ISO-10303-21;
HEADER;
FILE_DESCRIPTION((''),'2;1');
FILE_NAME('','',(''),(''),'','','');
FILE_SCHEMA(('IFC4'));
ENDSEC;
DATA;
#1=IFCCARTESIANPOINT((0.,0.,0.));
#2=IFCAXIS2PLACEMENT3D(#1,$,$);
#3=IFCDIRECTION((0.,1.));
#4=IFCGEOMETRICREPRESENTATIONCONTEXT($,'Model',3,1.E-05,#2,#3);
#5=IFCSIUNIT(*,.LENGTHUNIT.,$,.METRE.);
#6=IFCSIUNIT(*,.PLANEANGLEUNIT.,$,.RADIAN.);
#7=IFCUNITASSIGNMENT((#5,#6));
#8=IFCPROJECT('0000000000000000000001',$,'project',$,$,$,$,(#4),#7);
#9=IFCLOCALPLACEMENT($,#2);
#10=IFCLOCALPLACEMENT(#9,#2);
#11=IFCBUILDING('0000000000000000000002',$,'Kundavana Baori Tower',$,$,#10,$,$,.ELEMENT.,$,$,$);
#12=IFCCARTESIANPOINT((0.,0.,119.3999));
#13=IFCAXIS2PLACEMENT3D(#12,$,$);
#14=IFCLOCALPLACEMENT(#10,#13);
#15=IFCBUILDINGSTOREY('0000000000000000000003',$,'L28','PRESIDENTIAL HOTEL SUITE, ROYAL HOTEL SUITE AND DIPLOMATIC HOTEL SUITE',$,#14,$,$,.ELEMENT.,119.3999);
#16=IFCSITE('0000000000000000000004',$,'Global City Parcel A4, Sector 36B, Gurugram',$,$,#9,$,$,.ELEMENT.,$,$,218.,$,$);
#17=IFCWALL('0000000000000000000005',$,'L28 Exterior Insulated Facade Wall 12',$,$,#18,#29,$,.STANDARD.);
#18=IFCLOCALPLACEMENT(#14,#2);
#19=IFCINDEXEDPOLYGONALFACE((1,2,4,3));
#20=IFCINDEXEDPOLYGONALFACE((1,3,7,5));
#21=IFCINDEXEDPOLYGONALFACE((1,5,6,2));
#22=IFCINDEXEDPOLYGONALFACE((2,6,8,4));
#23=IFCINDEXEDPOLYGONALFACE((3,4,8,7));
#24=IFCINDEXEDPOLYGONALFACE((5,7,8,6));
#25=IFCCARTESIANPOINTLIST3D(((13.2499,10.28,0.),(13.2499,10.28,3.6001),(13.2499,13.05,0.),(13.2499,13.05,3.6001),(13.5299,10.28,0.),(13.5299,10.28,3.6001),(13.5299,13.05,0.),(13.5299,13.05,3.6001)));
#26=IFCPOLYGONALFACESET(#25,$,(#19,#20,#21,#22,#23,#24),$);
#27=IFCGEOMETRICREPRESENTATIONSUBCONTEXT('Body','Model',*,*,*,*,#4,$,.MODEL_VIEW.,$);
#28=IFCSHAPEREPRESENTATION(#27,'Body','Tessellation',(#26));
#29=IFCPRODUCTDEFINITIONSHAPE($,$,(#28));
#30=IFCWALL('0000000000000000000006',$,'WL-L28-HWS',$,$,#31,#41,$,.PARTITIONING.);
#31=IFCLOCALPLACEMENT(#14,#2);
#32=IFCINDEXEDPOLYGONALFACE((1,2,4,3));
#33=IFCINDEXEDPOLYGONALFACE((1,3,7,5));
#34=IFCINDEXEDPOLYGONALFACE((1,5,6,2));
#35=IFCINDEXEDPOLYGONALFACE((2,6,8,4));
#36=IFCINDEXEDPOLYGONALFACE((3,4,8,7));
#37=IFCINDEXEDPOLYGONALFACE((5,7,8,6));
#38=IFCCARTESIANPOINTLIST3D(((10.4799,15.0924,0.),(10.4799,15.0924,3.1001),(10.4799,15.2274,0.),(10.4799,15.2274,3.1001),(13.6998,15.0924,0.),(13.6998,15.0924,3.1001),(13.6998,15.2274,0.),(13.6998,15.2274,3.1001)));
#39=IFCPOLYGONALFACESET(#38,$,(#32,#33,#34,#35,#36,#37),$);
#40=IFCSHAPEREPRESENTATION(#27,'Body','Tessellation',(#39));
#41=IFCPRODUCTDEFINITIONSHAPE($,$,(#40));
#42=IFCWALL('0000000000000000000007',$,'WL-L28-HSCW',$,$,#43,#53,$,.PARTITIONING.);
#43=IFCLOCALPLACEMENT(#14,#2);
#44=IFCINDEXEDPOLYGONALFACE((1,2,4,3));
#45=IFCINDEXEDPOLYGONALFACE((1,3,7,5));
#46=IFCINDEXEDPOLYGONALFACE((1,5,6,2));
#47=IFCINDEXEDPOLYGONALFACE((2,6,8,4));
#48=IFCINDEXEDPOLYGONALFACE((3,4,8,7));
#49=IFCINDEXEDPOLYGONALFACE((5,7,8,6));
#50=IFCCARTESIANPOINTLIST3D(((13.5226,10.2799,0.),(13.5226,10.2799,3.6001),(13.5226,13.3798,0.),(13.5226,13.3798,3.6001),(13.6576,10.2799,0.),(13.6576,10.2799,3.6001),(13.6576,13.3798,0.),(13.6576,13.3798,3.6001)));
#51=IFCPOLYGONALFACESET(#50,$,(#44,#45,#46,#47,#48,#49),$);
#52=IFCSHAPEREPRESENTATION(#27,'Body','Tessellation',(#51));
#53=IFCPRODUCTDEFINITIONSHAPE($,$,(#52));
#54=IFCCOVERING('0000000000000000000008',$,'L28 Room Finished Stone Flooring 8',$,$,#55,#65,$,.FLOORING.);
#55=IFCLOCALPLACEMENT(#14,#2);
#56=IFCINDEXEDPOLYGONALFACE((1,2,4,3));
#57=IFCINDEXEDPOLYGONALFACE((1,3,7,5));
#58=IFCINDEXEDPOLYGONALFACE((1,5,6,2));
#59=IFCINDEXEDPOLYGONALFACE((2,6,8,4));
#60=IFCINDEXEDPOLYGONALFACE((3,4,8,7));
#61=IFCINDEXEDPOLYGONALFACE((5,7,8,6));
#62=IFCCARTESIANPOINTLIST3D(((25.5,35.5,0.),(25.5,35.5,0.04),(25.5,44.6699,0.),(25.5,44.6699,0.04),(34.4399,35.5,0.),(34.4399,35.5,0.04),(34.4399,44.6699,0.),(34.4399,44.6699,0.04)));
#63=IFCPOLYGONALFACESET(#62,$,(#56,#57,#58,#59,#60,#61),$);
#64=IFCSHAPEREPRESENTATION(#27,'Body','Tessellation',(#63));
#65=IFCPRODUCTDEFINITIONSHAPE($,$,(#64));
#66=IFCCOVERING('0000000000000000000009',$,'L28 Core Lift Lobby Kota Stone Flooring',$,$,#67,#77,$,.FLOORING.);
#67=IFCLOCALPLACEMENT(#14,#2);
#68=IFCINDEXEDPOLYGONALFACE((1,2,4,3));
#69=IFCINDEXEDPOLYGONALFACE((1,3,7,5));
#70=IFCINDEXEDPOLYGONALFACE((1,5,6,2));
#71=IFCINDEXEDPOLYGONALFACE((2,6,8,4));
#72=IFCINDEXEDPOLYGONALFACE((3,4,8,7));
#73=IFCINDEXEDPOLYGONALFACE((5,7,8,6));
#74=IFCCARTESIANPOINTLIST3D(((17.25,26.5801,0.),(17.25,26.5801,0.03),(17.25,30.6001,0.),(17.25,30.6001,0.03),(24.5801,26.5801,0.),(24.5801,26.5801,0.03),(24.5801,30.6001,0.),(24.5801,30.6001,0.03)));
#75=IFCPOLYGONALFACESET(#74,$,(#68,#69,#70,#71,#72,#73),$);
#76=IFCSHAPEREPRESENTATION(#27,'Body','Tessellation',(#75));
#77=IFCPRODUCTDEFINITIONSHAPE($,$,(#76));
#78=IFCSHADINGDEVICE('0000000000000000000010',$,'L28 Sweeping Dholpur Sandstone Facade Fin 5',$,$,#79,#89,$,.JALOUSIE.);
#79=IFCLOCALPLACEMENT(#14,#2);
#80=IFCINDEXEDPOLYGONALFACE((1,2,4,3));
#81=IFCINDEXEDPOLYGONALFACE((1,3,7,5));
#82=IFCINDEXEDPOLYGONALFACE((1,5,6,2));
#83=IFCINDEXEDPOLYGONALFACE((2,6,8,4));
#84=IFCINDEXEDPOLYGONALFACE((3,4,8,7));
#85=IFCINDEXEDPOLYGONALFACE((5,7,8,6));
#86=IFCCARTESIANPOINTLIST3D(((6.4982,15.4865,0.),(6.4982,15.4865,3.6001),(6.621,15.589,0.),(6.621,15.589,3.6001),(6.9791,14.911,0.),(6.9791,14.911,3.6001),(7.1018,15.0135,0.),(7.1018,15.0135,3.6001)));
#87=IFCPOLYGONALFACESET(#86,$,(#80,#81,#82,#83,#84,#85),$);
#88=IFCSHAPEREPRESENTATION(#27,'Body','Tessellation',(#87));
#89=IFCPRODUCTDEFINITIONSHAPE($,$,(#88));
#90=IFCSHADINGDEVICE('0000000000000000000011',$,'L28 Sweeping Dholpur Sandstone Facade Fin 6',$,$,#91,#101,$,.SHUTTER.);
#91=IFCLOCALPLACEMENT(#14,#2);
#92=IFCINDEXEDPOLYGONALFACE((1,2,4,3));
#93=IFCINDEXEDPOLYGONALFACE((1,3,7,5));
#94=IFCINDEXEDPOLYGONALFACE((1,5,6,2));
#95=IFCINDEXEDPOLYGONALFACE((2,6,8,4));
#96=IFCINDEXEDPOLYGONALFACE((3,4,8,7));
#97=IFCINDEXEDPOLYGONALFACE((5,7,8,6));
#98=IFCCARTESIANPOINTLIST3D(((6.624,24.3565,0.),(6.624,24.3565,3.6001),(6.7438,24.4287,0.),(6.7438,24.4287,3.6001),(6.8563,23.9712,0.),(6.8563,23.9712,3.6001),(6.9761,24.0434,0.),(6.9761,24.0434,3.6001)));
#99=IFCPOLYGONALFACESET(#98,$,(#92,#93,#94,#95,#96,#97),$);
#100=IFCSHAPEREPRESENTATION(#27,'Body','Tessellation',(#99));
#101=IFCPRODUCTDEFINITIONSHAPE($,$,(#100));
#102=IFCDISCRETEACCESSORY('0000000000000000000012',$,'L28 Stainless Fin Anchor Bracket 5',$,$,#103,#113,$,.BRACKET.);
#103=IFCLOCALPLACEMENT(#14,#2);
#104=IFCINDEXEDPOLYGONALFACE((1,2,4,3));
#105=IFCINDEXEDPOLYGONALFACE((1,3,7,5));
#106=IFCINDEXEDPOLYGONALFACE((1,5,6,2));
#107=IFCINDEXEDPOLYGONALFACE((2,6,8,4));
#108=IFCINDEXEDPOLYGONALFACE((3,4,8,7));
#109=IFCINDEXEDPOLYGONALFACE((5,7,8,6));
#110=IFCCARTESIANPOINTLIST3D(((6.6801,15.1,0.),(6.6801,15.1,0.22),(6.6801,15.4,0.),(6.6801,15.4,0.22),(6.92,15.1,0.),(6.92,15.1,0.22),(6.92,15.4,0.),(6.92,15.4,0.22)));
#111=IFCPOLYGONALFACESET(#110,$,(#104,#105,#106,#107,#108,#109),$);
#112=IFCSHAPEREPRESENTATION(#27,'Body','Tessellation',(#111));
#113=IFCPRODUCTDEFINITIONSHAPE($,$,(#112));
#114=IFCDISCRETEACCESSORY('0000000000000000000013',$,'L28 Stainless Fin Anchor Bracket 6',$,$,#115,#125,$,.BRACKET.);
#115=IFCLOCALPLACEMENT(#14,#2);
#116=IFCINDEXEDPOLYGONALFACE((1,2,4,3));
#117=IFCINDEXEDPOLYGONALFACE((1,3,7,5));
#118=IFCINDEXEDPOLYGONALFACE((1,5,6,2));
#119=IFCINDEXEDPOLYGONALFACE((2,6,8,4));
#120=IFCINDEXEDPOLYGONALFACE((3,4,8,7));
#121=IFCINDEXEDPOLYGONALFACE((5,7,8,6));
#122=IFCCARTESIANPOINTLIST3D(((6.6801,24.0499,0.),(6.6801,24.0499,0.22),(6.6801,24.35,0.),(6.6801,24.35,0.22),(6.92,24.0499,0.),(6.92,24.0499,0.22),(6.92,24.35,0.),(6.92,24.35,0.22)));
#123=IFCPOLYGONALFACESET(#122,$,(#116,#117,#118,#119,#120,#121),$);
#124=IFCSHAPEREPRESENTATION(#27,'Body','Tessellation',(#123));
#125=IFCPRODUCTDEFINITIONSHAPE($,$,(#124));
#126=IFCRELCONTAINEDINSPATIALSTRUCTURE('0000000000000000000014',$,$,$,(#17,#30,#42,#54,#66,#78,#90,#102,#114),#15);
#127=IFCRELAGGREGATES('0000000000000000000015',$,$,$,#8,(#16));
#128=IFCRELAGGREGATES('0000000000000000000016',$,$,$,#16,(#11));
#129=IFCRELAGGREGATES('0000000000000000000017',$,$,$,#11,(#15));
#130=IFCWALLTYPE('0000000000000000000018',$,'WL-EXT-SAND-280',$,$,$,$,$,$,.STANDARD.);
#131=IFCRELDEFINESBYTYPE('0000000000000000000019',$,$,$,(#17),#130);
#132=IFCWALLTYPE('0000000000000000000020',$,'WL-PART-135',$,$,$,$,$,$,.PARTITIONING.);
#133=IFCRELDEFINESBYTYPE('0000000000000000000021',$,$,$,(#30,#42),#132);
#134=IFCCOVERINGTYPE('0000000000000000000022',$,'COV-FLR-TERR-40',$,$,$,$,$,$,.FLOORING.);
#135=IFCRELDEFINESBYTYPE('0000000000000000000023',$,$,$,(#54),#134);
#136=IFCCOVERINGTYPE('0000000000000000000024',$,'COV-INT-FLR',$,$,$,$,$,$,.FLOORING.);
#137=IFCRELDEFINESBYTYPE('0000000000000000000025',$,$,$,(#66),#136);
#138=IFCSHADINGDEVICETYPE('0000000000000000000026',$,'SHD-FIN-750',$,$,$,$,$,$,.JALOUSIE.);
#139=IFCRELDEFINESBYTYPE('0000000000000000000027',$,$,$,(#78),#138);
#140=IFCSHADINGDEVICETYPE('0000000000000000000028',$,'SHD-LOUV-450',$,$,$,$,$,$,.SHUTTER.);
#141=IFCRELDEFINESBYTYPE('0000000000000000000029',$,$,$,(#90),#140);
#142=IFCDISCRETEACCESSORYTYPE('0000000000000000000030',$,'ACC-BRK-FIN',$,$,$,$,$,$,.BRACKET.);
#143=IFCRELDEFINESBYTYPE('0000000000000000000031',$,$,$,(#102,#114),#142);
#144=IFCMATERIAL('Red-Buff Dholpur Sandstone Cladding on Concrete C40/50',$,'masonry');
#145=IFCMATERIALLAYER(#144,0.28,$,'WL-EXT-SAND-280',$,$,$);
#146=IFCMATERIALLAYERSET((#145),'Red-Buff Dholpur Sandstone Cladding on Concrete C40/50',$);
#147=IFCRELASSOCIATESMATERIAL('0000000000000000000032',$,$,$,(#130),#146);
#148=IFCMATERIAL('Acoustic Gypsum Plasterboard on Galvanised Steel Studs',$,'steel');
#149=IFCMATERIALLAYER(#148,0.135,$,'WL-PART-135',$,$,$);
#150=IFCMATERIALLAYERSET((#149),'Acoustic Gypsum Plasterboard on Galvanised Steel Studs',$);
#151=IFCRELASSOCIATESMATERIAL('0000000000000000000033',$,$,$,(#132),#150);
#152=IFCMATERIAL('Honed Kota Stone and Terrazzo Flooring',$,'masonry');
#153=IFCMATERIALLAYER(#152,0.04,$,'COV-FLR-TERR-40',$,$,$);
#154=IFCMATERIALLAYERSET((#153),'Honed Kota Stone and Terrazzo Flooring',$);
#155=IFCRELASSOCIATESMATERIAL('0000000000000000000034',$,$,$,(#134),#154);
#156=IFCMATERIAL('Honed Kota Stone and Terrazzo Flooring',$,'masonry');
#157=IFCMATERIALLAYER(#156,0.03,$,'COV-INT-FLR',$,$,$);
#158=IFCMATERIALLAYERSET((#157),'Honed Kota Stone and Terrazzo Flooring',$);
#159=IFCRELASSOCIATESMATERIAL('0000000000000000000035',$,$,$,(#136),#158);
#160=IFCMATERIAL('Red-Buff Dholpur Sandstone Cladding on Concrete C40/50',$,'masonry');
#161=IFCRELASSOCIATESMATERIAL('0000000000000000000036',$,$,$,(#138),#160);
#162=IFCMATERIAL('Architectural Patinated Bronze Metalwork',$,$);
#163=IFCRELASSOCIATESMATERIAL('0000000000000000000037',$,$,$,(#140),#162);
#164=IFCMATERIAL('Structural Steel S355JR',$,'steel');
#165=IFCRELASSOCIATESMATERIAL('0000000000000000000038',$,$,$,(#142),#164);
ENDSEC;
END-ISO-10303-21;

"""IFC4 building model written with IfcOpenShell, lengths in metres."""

from ifc_helpers import new_model, si_unit, direction, frame, frame_2d, origin, origin_2d, place, context, subcontext, project, spatial, polyline, rectangle, outline, extrude, material, layer, layer_set, type_object, element, save


model = new_model("IFC4")

# Units and contexts
model_context = context("Model", 3, precision=1e-05, world=origin(), true_north=direction((0.0, 1.0)))
body_context = subcontext(model_context, "Body", "Model", "MODEL_VIEW")
ifc_project = project(units=[si_unit("LENGTHUNIT", "METRE"), si_unit("PLANEANGLEUNIT", "RADIAN")], contexts=[model_context])

# Site, building, storey
site_placement = place(None, origin())
site = spatial("IfcSite", under=ifc_project, at=site_placement, Name="Global City Parcel A4, Sector 36B, Gurugram", CompositionType="ELEMENT", RefElevation=218.0)
building_placement = place(site_placement, origin())
building = spatial("IfcBuilding", under=site, at=building_placement, Name="Kundavana Baori Tower", CompositionType="ELEMENT")
storey_placement = place(building_placement, frame((0.0, 0.0, 119.3999)))
storey = spatial("IfcBuildingStorey", under=building, at=storey_placement, Name="L28", Description="PRESIDENTIAL HOTEL SUITE, ROYAL HOTEL SUITE AND DIPLOMATIC HOTEL SUITE", CompositionType="ELEMENT", Elevation=119.3999)

# Shared definitions
ifc_material_1 = material(Name="Red-Buff Dholpur Sandstone Cladding on Concrete C40/50", Category="masonry")
ifc_layer_1 = layer(ifc_material_1, 0.28, Name="WL-EXT-SAND-280")
ifc_layer_set_1 = layer_set([ifc_layer_1], Name="Red-Buff Dholpur Sandstone Cladding on Concrete C40/50")
wall_type_1 = type_object("IfcWallType", Name="WL-EXT-SAND-280", PredefinedType="STANDARD", material=ifc_layer_set_1)

# Walls
wall_1_placement = place(storey_placement, frame((13.3899, 13.05, 0.0), z_axis=(0.0, 0.0, 1.0), x_axis=(0.0, -1.0, 0.0)))
element("IfcWall", 1, at=wall_1_placement, inside=storey, type_object=wall_type_1, Name="L28 Exterior Insulated Facade Wall 12", PredefinedType="STANDARD", context=body_context, shape_type="SweptSolid", body=[
    extrude(rectangle(XDim=2.77, YDim=0.28, at=frame_2d((1.385, 0.0))), origin(), (0.0, 0.0, 1.0), 3.6001),
])
ifc_material_2 = material(Name="Acoustic Gypsum Plasterboard on Galvanised Steel Studs", Category="steel")
ifc_layer_2 = layer(ifc_material_2, 0.135, Name="WL-PART-135")
ifc_layer_set_2 = layer_set([ifc_layer_2], Name="Acoustic Gypsum Plasterboard on Galvanised Steel Studs")
wall_type_2 = type_object("IfcWallType", Name="WL-PART-135", PredefinedType="PARTITIONING", material=ifc_layer_set_2)
wall_2_placement = place(storey_placement, frame((10.48, 15.1599, 0.0), z_axis=(0.0, 0.0, 1.0), x_axis=(1.0, 0.0, 0.0)))
element("IfcWall", 2, at=wall_2_placement, inside=storey, type_object=wall_type_2, Name="WL-L28-HWS", PredefinedType="PARTITIONING", context=body_context, shape_type="SweptSolid", body=[
    extrude(rectangle(XDim=3.22, YDim=0.135, at=frame_2d((1.6099, 0.0))), origin(), (0.0, 0.0, 1.0), 3.1001),
])
wall_3_placement = place(storey_placement, frame((13.5901, 10.28, 0.0), z_axis=(0.0, 0.0, 1.0), x_axis=(0.0, 1.0, 0.0)))
element("IfcWall", 3, at=wall_3_placement, inside=storey, type_object=wall_type_2, Name="WL-L28-HSCW", PredefinedType="PARTITIONING", context=body_context, shape_type="SweptSolid", body=[
    extrude(rectangle(XDim=3.0999, YDim=0.135, at=frame_2d((1.5498, 0.0))), origin(), (0.0, 0.0, 1.0), 3.6001),
])

# Coverings
ifc_material_3 = material(Name="Honed Kota Stone and Terrazzo Flooring", Category="masonry")
ifc_layer_3 = layer(ifc_material_3, 0.04, Name="COV-FLR-TERR-40")
ifc_layer_set_3 = layer_set([ifc_layer_3], Name="Honed Kota Stone and Terrazzo Flooring")
covering_type_1 = type_object("IfcCoveringType", Name="COV-FLR-TERR-40", PredefinedType="FLOORING", material=ifc_layer_set_3)
covering_1_placement = place(storey_placement, origin())
element("IfcCovering", 4, at=covering_1_placement, inside=storey, type_object=covering_type_1, Name="L28 Room Finished Stone Flooring 8", PredefinedType="FLOORING", context=body_context, shape_type="SweptSolid", body=[
    extrude(outline(polyline([(25.5, 35.5), (34.4399, 35.5), (34.4399, 44.6699), (25.5, 44.6699), (25.5, 35.5)])), origin(), (0.0, 0.0, 1.0), 0.04),
])
ifc_material_4 = material(Name="Honed Kota Stone and Terrazzo Flooring", Category="masonry")
ifc_layer_4 = layer(ifc_material_4, 0.03, Name="COV-INT-FLR")
ifc_layer_set_4 = layer_set([ifc_layer_4], Name="Honed Kota Stone and Terrazzo Flooring")
covering_type_2 = type_object("IfcCoveringType", Name="COV-INT-FLR", PredefinedType="FLOORING", material=ifc_layer_set_4)
covering_2_placement = place(storey_placement, origin())
element("IfcCovering", 5, at=covering_2_placement, inside=storey, type_object=covering_type_2, Name="L28 Core Lift Lobby Kota Stone Flooring", PredefinedType="FLOORING", context=body_context, shape_type="SweptSolid", body=[
    extrude(outline(polyline([(17.25, 26.5801), (24.5801, 26.5801), (24.5801, 30.6001), (17.25, 30.6001), (17.25, 26.5801)])), origin(), (0.0, 0.0, 1.0), 0.03),
])

# Shading devices
ifc_material_5 = material(Name="Red-Buff Dholpur Sandstone Cladding on Concrete C40/50", Category="masonry")
shading_device_type_1 = type_object("IfcShadingDeviceType", Name="SHD-FIN-750", PredefinedType="JALOUSIE", material=ifc_material_5)
shading_device_1_placement = place(storey_placement, frame((6.8, 15.25, 0.0), z_axis=(0.0, 0.0, 1.0), x_axis=(0.767389, 0.641182, 0.0)))
element("IfcShadingDevice", 6, at=shading_device_1_placement, inside=storey, type_object=shading_device_type_1, Name="L28 Sweeping Dholpur Sandstone Facade Fin 5", PredefinedType="JALOUSIE", context=body_context, shape_type="SweptSolid", body=[
    extrude(rectangle(XDim=0.1599, YDim=0.75, at=origin_2d()), origin(), (0.0, 0.0, 1.0), 3.6001),
])
ifc_material_6 = material(Name="Architectural Patinated Bronze Metalwork")
shading_device_type_2 = type_object("IfcShadingDeviceType", Name="SHD-LOUV-450", PredefinedType="SHUTTER", material=ifc_material_6)
shading_device_2_placement = place(storey_placement, frame((6.8, 24.2, 0.0), z_axis=(0.0, 0.0, 1.0), x_axis=(0.856447, 0.516234, 0.0)))
element("IfcShadingDevice", 7, at=shading_device_2_placement, inside=storey, type_object=shading_device_type_2, Name="L28 Sweeping Dholpur Sandstone Facade Fin 6", PredefinedType="SHUTTER", context=body_context, shape_type="SweptSolid", body=[
    extrude(rectangle(XDim=0.1399, YDim=0.45, at=origin_2d()), origin(), (0.0, 0.0, 1.0), 3.6001),
])

# Discrete accessories
ifc_material_7 = material(Name="Structural Steel S355JR", Category="steel")
discrete_accessory_type = type_object("IfcDiscreteAccessoryType", Name="ACC-BRK-FIN", PredefinedType="BRACKET", material=ifc_material_7)
for number, where, z_axis, x_axis, name in (
    (8, (6.8, 15.25, 0.0), (0.0, 0.0, 1.0), (1.0, 0.0, 0.0), "L28 Stainless Fin Anchor Bracket 5"),
    (9, (6.8, 24.2, 0.0), (0.0, 0.0, 1.0), (1.0, 0.0, 0.0), "L28 Stainless Fin Anchor Bracket 6"),
):
    element("IfcDiscreteAccessory", number, at=place(storey_placement, frame(where, z_axis=z_axis, x_axis=x_axis)), inside=storey, type_object=discrete_accessory_type, Name=name, PredefinedType="BRACKET", context=body_context, shape_type="SweptSolid", body=[
        extrude(rectangle(XDim=0.24, YDim=0.3, at=origin_2d()), origin(), (0.0, 0.0, 1.0), 0.22),
    ])

save(model, "model.ifc")
